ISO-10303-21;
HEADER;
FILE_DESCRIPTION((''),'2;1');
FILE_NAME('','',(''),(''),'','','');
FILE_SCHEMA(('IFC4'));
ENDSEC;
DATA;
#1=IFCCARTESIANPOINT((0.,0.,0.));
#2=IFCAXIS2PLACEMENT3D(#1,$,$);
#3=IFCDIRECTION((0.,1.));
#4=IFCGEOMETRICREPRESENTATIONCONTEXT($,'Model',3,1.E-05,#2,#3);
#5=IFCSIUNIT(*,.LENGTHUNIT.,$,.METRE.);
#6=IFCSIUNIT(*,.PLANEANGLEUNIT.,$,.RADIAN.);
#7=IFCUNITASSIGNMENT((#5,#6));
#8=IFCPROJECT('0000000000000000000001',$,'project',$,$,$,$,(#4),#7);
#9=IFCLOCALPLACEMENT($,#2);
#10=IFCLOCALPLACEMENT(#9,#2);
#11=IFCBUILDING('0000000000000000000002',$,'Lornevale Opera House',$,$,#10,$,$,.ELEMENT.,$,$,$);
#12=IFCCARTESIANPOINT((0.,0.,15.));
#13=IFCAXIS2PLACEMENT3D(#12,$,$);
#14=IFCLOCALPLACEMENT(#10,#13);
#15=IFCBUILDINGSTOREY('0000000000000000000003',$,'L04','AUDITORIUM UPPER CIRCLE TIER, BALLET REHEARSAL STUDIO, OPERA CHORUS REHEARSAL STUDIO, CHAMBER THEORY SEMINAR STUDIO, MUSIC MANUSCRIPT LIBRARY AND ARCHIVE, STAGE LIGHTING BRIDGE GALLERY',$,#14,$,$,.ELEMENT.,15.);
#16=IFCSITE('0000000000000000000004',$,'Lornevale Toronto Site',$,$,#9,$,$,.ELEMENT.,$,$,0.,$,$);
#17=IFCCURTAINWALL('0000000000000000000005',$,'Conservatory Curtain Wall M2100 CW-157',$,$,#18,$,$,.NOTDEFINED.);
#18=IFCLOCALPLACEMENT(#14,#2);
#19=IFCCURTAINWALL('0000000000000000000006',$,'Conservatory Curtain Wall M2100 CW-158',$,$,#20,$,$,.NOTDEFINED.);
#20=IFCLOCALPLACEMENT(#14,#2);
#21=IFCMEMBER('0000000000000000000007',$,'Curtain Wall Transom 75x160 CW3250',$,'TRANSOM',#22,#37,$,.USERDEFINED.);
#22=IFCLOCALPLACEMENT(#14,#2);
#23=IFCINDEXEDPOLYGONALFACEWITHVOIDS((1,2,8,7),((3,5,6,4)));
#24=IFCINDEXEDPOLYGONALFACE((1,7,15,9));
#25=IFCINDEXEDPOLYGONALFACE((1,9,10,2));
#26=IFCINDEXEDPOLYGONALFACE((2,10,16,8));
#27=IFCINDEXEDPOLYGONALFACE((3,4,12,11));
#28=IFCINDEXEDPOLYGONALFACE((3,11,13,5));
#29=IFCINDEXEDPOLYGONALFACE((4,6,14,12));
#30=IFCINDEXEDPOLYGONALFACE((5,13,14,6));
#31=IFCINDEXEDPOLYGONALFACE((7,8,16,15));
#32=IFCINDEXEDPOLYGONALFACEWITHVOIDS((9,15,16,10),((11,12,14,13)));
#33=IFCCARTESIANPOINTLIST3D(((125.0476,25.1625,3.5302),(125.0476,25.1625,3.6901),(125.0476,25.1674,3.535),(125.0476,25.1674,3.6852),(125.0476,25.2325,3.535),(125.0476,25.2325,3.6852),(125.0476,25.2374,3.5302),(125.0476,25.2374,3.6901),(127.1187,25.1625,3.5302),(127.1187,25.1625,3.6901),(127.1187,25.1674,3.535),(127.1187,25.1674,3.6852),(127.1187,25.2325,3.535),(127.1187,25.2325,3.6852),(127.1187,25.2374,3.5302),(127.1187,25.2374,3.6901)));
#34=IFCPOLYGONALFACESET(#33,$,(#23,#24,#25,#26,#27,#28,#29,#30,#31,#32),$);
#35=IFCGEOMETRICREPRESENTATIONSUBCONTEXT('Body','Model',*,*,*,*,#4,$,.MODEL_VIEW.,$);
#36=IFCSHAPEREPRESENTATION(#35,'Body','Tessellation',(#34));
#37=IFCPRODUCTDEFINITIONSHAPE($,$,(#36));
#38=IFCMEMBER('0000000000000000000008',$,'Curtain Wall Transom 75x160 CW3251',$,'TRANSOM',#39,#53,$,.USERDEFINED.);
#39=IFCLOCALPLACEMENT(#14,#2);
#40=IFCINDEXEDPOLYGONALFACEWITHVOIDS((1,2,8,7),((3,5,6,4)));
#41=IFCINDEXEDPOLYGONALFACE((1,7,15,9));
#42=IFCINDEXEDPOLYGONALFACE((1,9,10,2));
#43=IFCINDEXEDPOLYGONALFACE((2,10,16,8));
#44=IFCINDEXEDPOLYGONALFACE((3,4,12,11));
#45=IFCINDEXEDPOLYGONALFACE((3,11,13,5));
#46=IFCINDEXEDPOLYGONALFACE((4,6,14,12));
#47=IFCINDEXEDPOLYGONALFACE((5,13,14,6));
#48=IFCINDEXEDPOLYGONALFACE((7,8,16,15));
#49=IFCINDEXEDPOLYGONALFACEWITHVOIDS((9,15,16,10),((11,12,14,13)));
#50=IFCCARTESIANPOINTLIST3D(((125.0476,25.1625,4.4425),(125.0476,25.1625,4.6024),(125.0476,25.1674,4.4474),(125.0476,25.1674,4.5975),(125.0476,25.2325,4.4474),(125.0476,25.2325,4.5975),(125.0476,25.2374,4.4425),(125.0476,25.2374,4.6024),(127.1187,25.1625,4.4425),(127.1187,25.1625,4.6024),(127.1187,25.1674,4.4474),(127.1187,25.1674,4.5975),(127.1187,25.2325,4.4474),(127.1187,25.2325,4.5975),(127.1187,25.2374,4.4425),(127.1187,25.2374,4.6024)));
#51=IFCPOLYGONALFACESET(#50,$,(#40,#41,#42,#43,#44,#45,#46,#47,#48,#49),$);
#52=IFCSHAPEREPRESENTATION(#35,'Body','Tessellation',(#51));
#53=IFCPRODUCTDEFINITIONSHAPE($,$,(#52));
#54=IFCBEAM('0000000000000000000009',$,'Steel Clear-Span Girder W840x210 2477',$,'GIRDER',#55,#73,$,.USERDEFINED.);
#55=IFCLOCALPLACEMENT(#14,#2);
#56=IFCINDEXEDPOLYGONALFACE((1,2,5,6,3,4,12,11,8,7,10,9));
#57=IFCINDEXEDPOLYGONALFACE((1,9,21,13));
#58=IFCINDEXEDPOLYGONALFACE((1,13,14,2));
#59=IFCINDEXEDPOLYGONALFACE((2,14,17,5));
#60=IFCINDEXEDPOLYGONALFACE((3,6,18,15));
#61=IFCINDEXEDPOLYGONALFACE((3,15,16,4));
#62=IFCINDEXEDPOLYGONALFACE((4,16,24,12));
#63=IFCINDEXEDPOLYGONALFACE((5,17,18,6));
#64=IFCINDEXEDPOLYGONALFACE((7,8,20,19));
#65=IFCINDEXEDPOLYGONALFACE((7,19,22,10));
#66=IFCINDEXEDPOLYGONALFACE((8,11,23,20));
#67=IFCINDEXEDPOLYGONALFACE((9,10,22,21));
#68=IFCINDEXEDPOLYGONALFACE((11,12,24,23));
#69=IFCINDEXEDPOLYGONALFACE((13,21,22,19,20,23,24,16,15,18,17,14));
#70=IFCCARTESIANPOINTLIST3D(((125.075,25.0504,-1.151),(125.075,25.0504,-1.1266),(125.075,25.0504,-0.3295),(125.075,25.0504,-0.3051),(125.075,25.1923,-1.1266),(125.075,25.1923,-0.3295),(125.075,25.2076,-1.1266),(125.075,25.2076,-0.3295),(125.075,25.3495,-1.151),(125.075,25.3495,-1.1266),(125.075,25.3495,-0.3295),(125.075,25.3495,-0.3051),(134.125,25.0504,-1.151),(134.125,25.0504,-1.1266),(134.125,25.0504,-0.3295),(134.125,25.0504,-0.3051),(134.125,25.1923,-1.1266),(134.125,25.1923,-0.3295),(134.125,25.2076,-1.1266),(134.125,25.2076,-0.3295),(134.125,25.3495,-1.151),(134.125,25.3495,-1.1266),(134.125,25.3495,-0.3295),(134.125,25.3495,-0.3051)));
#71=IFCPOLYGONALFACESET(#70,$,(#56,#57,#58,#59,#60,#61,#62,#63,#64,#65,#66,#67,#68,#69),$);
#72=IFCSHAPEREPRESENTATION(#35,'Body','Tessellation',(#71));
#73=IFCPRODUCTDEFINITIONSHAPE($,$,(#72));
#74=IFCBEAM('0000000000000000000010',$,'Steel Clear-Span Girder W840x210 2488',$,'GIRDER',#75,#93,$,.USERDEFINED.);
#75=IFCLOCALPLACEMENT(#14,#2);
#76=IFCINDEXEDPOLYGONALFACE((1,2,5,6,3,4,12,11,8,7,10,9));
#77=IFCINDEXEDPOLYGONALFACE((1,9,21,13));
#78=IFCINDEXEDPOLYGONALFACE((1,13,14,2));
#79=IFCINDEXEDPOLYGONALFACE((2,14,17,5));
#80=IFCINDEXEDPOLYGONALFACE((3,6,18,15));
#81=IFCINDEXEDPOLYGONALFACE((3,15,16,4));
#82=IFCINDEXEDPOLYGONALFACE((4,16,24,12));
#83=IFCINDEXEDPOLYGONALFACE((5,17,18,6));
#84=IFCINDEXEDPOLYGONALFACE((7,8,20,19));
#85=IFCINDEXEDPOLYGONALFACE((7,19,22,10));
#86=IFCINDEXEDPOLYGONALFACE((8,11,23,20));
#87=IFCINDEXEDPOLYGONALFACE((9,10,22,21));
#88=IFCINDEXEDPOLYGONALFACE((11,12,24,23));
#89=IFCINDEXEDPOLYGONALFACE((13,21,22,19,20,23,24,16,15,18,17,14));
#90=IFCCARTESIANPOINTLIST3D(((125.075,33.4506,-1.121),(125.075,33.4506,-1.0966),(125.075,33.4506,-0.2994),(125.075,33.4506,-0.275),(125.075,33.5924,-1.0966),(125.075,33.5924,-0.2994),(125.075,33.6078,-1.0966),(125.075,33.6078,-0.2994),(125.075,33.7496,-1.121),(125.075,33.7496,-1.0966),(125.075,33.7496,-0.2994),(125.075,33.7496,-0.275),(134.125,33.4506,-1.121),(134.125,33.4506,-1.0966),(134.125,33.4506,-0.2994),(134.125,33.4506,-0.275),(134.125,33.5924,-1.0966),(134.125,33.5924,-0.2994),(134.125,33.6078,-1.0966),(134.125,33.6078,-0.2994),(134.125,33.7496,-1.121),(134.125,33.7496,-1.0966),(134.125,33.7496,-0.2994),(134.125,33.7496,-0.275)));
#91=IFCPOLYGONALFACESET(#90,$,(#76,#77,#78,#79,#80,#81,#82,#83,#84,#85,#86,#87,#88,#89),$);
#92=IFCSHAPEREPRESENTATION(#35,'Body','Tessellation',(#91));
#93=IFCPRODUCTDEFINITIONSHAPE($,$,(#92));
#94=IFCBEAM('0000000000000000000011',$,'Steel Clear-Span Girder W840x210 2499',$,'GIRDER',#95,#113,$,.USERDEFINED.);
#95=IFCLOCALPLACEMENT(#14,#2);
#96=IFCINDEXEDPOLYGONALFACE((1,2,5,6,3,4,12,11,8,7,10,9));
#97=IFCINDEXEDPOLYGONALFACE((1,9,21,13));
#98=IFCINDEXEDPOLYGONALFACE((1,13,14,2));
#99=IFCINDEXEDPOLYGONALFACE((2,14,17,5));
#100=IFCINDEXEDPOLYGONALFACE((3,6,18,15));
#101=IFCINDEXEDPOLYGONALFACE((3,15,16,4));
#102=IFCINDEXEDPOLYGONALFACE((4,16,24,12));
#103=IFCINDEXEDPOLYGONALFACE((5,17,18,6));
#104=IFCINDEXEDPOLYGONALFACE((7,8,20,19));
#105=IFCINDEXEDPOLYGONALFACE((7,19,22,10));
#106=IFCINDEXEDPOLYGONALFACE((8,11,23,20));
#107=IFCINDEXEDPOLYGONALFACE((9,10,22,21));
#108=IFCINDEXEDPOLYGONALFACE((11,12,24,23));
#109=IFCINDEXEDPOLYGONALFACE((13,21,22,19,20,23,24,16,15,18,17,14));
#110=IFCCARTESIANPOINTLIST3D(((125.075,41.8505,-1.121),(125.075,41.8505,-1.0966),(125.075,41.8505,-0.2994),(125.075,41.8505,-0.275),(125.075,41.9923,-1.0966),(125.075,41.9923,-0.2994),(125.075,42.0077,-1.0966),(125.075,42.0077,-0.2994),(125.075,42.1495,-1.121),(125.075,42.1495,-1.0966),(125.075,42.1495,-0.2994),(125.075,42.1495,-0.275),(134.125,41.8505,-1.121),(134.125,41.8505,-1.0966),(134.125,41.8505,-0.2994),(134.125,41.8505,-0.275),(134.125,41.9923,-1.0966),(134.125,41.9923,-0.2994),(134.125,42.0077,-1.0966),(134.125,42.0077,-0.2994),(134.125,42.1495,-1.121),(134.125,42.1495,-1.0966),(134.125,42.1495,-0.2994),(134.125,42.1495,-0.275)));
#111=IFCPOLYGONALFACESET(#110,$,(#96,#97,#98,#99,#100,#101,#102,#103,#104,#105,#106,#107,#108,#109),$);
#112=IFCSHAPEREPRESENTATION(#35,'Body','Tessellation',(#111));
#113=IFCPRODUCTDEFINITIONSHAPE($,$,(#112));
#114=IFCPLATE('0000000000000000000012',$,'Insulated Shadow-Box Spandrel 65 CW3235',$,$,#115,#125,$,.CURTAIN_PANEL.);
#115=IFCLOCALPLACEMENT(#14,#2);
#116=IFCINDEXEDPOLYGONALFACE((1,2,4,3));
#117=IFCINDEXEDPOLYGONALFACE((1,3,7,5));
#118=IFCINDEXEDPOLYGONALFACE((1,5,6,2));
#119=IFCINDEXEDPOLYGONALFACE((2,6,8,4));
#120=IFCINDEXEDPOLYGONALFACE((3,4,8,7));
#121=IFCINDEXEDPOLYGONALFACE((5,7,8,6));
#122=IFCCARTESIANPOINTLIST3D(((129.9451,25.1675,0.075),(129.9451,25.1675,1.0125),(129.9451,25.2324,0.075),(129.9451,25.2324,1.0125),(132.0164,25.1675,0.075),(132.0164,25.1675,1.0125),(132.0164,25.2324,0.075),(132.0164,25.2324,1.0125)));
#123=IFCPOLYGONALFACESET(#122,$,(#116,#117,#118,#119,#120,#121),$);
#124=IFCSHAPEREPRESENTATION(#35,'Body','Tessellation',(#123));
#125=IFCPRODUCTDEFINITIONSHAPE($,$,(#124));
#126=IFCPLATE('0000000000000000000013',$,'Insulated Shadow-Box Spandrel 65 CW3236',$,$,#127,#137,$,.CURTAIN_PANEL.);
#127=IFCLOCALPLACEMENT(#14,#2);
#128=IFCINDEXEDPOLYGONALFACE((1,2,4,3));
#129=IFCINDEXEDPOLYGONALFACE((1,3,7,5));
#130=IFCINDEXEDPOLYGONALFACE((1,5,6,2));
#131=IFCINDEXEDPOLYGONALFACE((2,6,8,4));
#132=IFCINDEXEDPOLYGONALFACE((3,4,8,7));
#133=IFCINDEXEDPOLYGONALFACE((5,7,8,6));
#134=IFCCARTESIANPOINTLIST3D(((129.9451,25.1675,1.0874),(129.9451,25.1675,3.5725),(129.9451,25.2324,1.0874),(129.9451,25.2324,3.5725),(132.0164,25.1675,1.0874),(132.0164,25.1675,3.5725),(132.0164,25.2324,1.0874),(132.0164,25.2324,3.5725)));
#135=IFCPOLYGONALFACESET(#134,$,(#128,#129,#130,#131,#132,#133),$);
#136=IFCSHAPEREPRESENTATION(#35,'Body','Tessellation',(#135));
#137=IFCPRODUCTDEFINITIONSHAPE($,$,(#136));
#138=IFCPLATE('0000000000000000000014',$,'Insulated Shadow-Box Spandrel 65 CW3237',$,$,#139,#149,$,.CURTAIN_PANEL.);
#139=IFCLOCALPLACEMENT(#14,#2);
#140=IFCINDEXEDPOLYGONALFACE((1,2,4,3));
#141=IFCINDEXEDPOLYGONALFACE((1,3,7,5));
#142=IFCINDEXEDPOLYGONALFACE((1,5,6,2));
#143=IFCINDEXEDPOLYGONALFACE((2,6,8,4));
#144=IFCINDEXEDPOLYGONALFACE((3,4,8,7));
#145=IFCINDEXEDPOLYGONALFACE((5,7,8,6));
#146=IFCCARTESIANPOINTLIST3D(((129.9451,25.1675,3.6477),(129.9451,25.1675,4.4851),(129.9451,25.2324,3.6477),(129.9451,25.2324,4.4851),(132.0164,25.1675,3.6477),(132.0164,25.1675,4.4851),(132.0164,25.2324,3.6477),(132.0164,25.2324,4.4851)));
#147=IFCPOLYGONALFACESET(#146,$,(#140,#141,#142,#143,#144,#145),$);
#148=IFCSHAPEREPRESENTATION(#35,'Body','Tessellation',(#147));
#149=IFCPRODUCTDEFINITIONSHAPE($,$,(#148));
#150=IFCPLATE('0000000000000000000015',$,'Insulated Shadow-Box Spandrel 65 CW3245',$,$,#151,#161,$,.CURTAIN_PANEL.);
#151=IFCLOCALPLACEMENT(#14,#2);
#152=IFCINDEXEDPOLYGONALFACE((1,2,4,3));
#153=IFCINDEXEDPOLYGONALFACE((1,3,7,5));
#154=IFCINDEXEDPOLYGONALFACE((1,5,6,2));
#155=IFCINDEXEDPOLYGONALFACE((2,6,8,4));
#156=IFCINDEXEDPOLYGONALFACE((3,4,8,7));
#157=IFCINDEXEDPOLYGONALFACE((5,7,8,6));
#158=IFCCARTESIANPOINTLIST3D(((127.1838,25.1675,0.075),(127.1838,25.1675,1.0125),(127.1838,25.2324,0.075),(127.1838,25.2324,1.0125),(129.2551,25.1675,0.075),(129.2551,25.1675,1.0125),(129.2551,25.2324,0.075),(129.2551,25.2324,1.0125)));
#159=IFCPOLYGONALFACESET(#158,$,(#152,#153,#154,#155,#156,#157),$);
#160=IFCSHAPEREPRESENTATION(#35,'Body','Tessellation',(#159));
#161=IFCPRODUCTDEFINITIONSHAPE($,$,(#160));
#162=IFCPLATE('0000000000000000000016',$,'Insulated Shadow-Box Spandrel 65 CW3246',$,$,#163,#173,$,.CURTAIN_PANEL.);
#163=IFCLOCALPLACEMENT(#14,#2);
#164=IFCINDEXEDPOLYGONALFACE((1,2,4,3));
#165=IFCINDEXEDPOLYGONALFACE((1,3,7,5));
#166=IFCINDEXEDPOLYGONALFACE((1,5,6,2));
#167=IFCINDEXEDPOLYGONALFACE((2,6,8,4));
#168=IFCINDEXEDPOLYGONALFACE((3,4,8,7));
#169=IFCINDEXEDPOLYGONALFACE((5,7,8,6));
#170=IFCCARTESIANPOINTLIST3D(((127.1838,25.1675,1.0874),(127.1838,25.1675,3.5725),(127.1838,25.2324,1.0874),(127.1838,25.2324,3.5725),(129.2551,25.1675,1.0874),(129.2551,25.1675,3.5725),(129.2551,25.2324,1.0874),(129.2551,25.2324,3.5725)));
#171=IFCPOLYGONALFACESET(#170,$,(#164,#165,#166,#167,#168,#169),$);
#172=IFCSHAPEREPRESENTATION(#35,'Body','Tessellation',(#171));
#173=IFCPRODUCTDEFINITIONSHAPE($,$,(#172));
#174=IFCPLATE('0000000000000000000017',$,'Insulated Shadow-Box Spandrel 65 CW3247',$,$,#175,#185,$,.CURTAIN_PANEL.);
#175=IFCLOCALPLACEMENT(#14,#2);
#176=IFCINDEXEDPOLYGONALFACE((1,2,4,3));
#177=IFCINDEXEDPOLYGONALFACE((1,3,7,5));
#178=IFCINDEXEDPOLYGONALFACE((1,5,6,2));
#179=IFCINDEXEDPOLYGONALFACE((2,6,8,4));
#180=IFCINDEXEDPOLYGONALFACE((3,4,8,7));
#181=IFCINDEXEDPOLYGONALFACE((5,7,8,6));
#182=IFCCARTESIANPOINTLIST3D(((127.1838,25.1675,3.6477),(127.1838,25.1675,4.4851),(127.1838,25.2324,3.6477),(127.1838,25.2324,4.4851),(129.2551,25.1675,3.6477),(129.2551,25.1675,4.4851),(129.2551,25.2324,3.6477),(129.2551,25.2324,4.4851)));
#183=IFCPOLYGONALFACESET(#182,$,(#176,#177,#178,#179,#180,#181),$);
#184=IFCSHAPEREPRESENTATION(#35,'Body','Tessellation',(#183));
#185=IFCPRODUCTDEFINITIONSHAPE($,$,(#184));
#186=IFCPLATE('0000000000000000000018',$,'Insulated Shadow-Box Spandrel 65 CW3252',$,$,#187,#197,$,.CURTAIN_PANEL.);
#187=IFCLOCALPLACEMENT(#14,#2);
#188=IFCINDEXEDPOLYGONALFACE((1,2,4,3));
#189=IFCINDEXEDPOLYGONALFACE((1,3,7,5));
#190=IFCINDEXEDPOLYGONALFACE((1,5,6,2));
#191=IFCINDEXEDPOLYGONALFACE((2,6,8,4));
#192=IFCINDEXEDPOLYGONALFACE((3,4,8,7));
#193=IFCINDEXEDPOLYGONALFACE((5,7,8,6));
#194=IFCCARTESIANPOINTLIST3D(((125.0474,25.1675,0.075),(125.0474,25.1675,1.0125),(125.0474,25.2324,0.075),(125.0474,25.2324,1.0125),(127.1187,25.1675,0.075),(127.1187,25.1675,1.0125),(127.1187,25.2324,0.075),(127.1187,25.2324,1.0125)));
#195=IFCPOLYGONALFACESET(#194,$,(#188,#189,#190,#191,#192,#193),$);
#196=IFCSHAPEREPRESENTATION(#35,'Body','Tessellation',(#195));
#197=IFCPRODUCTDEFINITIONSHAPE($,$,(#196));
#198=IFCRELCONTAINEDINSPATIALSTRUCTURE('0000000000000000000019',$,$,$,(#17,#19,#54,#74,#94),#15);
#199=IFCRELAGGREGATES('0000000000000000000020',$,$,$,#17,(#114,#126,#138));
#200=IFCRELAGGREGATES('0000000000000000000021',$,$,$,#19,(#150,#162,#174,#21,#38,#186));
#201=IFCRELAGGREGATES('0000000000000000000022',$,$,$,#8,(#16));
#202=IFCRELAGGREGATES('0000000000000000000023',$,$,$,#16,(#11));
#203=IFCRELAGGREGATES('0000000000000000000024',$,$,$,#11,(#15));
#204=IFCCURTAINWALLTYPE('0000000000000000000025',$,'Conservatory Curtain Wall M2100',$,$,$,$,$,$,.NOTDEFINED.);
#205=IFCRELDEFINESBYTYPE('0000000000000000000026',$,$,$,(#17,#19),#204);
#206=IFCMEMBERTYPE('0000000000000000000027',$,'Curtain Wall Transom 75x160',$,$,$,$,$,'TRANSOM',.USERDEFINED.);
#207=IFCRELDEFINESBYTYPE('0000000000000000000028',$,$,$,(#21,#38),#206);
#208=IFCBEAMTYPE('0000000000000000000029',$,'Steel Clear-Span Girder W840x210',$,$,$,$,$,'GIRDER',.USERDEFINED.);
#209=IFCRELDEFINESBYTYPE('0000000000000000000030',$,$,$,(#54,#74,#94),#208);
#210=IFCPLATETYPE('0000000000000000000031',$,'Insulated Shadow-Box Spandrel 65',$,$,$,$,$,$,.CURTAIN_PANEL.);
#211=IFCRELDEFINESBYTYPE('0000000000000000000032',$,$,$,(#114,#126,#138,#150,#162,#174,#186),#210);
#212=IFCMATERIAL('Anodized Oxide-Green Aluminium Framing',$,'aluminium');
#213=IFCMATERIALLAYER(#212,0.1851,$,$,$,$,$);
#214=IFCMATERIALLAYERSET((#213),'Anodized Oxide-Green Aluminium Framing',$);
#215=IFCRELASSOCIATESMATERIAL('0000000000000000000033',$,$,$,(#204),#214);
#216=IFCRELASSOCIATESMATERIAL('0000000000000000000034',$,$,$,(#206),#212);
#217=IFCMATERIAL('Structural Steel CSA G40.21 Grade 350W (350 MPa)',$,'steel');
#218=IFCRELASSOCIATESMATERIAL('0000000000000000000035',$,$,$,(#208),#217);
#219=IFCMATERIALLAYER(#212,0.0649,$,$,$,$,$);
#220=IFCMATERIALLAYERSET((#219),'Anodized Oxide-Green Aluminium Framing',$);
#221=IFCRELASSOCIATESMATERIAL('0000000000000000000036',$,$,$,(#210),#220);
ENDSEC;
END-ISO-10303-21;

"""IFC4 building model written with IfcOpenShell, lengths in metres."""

from ifc_helpers import new_model, si_unit, direction, frame, origin, origin_2d, place, context, subcontext, project, spatial, rectangle, hollow_rectangle, i_section, extrude, material, layer, layer_set, material_profile, profile_set, type_object, element, aggregate, save


model = new_model("IFC4")

# Units and contexts
model_context = context("Model", 3, precision=1e-05, world=origin(), true_north=direction((0.0, 1.0)))
body_context = subcontext(model_context, "Body", "Model", "MODEL_VIEW")
ifc_project = project(units=[si_unit("LENGTHUNIT", "METRE"), si_unit("PLANEANGLEUNIT", "RADIAN")], contexts=[model_context])

# Site, building, storey
site_placement = place(None, origin())
site = spatial("IfcSite", under=ifc_project, at=site_placement, Name="Lornevale Toronto Site", CompositionType="ELEMENT", RefElevation=0.0)
building_placement = place(site_placement, origin())
building = spatial("IfcBuilding", under=site, at=building_placement, Name="Lornevale Opera House", CompositionType="ELEMENT")
storey_placement = place(building_placement, frame((0.0, 0.0, 15.0)))
storey = spatial("IfcBuildingStorey", under=building, at=storey_placement, Name="L04", Description="AUDITORIUM UPPER CIRCLE TIER, BALLET REHEARSAL STUDIO, OPERA CHORUS REHEARSAL STUDIO, CHAMBER THEORY SEMINAR STUDIO, MUSIC MANUSCRIPT LIBRARY AND ARCHIVE, STAGE LIGHTING BRIDGE GALLERY", CompositionType="ELEMENT", Elevation=15.0)

# Curtain wall
ifc_material_1 = material(Name="Anodized Oxide-Green Aluminium Framing", Category="aluminium")
ifc_layer_1 = layer(ifc_material_1, 0.1851)
ifc_layer_set_1 = layer_set([ifc_layer_1], Name="Anodized Oxide-Green Aluminium Framing")
curtain_wall_type = type_object("IfcCurtainWallType", Name="Conservatory Curtain Wall M2100", PredefinedType="NOTDEFINED", material=ifc_layer_set_1)
curtain_wall_1_placement = place(storey_placement, origin())
curtain_wall_1 = element("IfcCurtainWall", 1, at=curtain_wall_1_placement, inside=storey, type_object=curtain_wall_type, Name="Conservatory Curtain Wall M2100 CW-157", PredefinedType="NOTDEFINED")

# Curtain wall
curtain_wall_2_placement = place(storey_placement, origin())
curtain_wall_2 = element("IfcCurtainWall", 2, at=curtain_wall_2_placement, inside=storey, type_object=curtain_wall_type, Name="Conservatory Curtain Wall M2100 CW-158", PredefinedType="NOTDEFINED")

# Members
ifc_material_profile_1 = material_profile(ifc_material_1, hollow_rectangle(XDim=0.075, YDim=0.1599, WallThickness=0.0049, at=origin_2d()), Name="ALU75x160x5")
ifc_profile_set_1 = profile_set([ifc_material_profile_1], Name="Anodized Oxide-Green Aluminium Framing")
member_type_1 = type_object("IfcMemberType", Name="Curtain Wall Transom 75x160", ElementType="TRANSOM", PredefinedType="USERDEFINED", material=ifc_profile_set_1)
member_1_placement = place(storey_placement, frame((127.1187, 25.2, 3.6101), z_axis=(-1.0, 0.0, 0.0), x_axis=(0.0, -1.0, 0.0)))
member_1 = element("IfcMember", 3, at=member_1_placement, type_object=member_type_1, Name="Curtain Wall Transom 75x160 CW3250", ObjectType="TRANSOM", PredefinedType="USERDEFINED", context=body_context, shape_type="SweptSolid", body=[
    extrude(hollow_rectangle(XDim=0.075, YDim=0.1599, WallThickness=0.0049, at=origin_2d()), origin(), (0.0, 0.0, 1.0), 2.071),
])
member_2_placement = place(storey_placement, frame((127.1187, 25.2, 4.5225), z_axis=(-1.0, 0.0, 0.0), x_axis=(0.0, -1.0, 0.0)))
member_2 = element("IfcMember", 4, at=member_2_placement, type_object=member_type_1, Name="Curtain Wall Transom 75x160 CW3251", ObjectType="TRANSOM", PredefinedType="USERDEFINED", context=body_context, shape_type="SweptSolid", body=[
    extrude(hollow_rectangle(XDim=0.075, YDim=0.1599, WallThickness=0.0049, at=origin_2d()), origin(), (0.0, 0.0, 1.0), 2.071),
])

# Beams
ifc_material_2 = material(Name="Structural Steel CSA G40.21 Grade 350W (350 MPa)", Category="steel")
ifc_material_profile_2 = material_profile(ifc_material_2, i_section(OverallWidth=0.2991, OverallDepth=0.8459, WebThickness=0.0154, FlangeThickness=0.0244, at=origin_2d()), Name="W840x210")
ifc_profile_set_2 = profile_set([ifc_material_profile_2], Name="Structural Steel CSA G40.21 Grade 350W (350 MPa)")
beam_type = type_object("IfcBeamType", Name="Steel Clear-Span Girder W840x210", ElementType="GIRDER", PredefinedType="USERDEFINED", material=ifc_profile_set_2)
for number, where, z_axis, x_axis, name in (
    (5, (125.075, 25.2, -0.728), (1.0, 0.0, 0.0), (0.0, 1.0, 0.0), "Steel Clear-Span Girder W840x210 2477"),
    (6, (125.075, 33.6001, -0.698), (1.0, 0.0, 0.0), (0.0, 1.0, 0.0), "Steel Clear-Span Girder W840x210 2488"),
    (7, (125.075, 42.0, -0.698), (1.0, 0.0, 0.0), (0.0, 1.0, 0.0), "Steel Clear-Span Girder W840x210 2499"),
):
    element("IfcBeam", number, at=place(storey_placement, frame(where, z_axis=z_axis, x_axis=x_axis)), inside=storey, type_object=beam_type, Name=name, ObjectType="GIRDER", PredefinedType="USERDEFINED", context=body_context, shape_type="SweptSolid", body=[
        extrude(i_section(OverallWidth=0.2991, OverallDepth=0.8459, WebThickness=0.0154, FlangeThickness=0.0244, at=origin_2d()), origin(), (0.0, 0.0, 1.0), 9.05),
    ])

# Plates
ifc_layer_2 = layer(ifc_material_1, 0.0649)
ifc_layer_set_2 = layer_set([ifc_layer_2], Name="Anodized Oxide-Green Aluminium Framing")
plate_type = type_object("IfcPlateType", Name="Insulated Shadow-Box Spandrel 65", PredefinedType="CURTAIN_PANEL", material=ifc_layer_set_2)
plate_1_placement = place(storey_placement, frame((130.9807, 25.2, 0.075), z_axis=(0.0, 0.0, 1.0), x_axis=(-1.0, 0.0, 0.0)))
plate_1 = element("IfcPlate", 8, at=plate_1_placement, type_object=plate_type, Name="Insulated Shadow-Box Spandrel 65 CW3235", PredefinedType="CURTAIN_PANEL", context=body_context, shape_type="SweptSolid", body=[
    extrude(rectangle(XDim=2.0713, YDim=0.0649, at=origin_2d()), origin(), (0.0, 0.0, 1.0), 0.9375),
])
plate_2_placement = place(storey_placement, frame((130.9807, 25.2, 1.0874), z_axis=(0.0, 0.0, 1.0), x_axis=(-1.0, 0.0, 0.0)))
plate_2 = element("IfcPlate", 9, at=plate_2_placement, type_object=plate_type, Name="Insulated Shadow-Box Spandrel 65 CW3236", PredefinedType="CURTAIN_PANEL", context=body_context, shape_type="SweptSolid", body=[
    extrude(rectangle(XDim=2.0713, YDim=0.0649, at=origin_2d()), origin(), (0.0, 0.0, 1.0), 2.4851),
])
plate_3_placement = place(storey_placement, frame((130.9807, 25.2, 3.6477), z_axis=(0.0, 0.0, 1.0), x_axis=(-1.0, 0.0, 0.0)))
plate_3 = element("IfcPlate", 10, at=plate_3_placement, type_object=plate_type, Name="Insulated Shadow-Box Spandrel 65 CW3237", PredefinedType="CURTAIN_PANEL", context=body_context, shape_type="SweptSolid", body=[
    extrude(rectangle(XDim=2.0713, YDim=0.0649, at=origin_2d()), origin(), (0.0, 0.0, 1.0), 0.8374),
])
aggregate(curtain_wall_1, [plate_1, plate_2, plate_3])
plate_4_placement = place(storey_placement, frame((128.2195, 25.2, 0.075), z_axis=(0.0, 0.0, 1.0), x_axis=(-1.0, 0.0, 0.0)))
plate_4 = element("IfcPlate", 11, at=plate_4_placement, type_object=plate_type, Name="Insulated Shadow-Box Spandrel 65 CW3245", PredefinedType="CURTAIN_PANEL", context=body_context, shape_type="SweptSolid", body=[
    extrude(rectangle(XDim=2.0713, YDim=0.0649, at=origin_2d()), origin(), (0.0, 0.0, 1.0), 0.9375),
])
plate_5_placement = place(storey_placement, frame((128.2195, 25.2, 1.0874), z_axis=(0.0, 0.0, 1.0), x_axis=(-1.0, 0.0, 0.0)))
plate_5 = element("IfcPlate", 12, at=plate_5_placement, type_object=plate_type, Name="Insulated Shadow-Box Spandrel 65 CW3246", PredefinedType="CURTAIN_PANEL", context=body_context, shape_type="SweptSolid", body=[
    extrude(rectangle(XDim=2.0713, YDim=0.0649, at=origin_2d()), origin(), (0.0, 0.0, 1.0), 2.4851),
])
plate_6_placement = place(storey_placement, frame((128.2195, 25.2, 3.6477), z_axis=(0.0, 0.0, 1.0), x_axis=(-1.0, 0.0, 0.0)))
plate_6 = element("IfcPlate", 13, at=plate_6_placement, type_object=plate_type, Name="Insulated Shadow-Box Spandrel 65 CW3247", PredefinedType="CURTAIN_PANEL", context=body_context, shape_type="SweptSolid", body=[
    extrude(rectangle(XDim=2.0713, YDim=0.0649, at=origin_2d()), origin(), (0.0, 0.0, 1.0), 0.8374),
])
plate_7_placement = place(storey_placement, frame((126.083, 25.2, 0.075), z_axis=(0.0, 0.0, 1.0), x_axis=(-1.0, 0.0, 0.0)))
plate_7 = element("IfcPlate", 14, at=plate_7_placement, type_object=plate_type, Name="Insulated Shadow-Box Spandrel 65 CW3252", PredefinedType="CURTAIN_PANEL", context=body_context, shape_type="SweptSolid", body=[
    extrude(rectangle(XDim=2.0713, YDim=0.0649, at=origin_2d()), origin(), (0.0, 0.0, 1.0), 0.9375),
])
aggregate(curtain_wall_2, [plate_4, plate_5, plate_6, member_1, member_2, plate_7])

save(model, "model.ifc")
